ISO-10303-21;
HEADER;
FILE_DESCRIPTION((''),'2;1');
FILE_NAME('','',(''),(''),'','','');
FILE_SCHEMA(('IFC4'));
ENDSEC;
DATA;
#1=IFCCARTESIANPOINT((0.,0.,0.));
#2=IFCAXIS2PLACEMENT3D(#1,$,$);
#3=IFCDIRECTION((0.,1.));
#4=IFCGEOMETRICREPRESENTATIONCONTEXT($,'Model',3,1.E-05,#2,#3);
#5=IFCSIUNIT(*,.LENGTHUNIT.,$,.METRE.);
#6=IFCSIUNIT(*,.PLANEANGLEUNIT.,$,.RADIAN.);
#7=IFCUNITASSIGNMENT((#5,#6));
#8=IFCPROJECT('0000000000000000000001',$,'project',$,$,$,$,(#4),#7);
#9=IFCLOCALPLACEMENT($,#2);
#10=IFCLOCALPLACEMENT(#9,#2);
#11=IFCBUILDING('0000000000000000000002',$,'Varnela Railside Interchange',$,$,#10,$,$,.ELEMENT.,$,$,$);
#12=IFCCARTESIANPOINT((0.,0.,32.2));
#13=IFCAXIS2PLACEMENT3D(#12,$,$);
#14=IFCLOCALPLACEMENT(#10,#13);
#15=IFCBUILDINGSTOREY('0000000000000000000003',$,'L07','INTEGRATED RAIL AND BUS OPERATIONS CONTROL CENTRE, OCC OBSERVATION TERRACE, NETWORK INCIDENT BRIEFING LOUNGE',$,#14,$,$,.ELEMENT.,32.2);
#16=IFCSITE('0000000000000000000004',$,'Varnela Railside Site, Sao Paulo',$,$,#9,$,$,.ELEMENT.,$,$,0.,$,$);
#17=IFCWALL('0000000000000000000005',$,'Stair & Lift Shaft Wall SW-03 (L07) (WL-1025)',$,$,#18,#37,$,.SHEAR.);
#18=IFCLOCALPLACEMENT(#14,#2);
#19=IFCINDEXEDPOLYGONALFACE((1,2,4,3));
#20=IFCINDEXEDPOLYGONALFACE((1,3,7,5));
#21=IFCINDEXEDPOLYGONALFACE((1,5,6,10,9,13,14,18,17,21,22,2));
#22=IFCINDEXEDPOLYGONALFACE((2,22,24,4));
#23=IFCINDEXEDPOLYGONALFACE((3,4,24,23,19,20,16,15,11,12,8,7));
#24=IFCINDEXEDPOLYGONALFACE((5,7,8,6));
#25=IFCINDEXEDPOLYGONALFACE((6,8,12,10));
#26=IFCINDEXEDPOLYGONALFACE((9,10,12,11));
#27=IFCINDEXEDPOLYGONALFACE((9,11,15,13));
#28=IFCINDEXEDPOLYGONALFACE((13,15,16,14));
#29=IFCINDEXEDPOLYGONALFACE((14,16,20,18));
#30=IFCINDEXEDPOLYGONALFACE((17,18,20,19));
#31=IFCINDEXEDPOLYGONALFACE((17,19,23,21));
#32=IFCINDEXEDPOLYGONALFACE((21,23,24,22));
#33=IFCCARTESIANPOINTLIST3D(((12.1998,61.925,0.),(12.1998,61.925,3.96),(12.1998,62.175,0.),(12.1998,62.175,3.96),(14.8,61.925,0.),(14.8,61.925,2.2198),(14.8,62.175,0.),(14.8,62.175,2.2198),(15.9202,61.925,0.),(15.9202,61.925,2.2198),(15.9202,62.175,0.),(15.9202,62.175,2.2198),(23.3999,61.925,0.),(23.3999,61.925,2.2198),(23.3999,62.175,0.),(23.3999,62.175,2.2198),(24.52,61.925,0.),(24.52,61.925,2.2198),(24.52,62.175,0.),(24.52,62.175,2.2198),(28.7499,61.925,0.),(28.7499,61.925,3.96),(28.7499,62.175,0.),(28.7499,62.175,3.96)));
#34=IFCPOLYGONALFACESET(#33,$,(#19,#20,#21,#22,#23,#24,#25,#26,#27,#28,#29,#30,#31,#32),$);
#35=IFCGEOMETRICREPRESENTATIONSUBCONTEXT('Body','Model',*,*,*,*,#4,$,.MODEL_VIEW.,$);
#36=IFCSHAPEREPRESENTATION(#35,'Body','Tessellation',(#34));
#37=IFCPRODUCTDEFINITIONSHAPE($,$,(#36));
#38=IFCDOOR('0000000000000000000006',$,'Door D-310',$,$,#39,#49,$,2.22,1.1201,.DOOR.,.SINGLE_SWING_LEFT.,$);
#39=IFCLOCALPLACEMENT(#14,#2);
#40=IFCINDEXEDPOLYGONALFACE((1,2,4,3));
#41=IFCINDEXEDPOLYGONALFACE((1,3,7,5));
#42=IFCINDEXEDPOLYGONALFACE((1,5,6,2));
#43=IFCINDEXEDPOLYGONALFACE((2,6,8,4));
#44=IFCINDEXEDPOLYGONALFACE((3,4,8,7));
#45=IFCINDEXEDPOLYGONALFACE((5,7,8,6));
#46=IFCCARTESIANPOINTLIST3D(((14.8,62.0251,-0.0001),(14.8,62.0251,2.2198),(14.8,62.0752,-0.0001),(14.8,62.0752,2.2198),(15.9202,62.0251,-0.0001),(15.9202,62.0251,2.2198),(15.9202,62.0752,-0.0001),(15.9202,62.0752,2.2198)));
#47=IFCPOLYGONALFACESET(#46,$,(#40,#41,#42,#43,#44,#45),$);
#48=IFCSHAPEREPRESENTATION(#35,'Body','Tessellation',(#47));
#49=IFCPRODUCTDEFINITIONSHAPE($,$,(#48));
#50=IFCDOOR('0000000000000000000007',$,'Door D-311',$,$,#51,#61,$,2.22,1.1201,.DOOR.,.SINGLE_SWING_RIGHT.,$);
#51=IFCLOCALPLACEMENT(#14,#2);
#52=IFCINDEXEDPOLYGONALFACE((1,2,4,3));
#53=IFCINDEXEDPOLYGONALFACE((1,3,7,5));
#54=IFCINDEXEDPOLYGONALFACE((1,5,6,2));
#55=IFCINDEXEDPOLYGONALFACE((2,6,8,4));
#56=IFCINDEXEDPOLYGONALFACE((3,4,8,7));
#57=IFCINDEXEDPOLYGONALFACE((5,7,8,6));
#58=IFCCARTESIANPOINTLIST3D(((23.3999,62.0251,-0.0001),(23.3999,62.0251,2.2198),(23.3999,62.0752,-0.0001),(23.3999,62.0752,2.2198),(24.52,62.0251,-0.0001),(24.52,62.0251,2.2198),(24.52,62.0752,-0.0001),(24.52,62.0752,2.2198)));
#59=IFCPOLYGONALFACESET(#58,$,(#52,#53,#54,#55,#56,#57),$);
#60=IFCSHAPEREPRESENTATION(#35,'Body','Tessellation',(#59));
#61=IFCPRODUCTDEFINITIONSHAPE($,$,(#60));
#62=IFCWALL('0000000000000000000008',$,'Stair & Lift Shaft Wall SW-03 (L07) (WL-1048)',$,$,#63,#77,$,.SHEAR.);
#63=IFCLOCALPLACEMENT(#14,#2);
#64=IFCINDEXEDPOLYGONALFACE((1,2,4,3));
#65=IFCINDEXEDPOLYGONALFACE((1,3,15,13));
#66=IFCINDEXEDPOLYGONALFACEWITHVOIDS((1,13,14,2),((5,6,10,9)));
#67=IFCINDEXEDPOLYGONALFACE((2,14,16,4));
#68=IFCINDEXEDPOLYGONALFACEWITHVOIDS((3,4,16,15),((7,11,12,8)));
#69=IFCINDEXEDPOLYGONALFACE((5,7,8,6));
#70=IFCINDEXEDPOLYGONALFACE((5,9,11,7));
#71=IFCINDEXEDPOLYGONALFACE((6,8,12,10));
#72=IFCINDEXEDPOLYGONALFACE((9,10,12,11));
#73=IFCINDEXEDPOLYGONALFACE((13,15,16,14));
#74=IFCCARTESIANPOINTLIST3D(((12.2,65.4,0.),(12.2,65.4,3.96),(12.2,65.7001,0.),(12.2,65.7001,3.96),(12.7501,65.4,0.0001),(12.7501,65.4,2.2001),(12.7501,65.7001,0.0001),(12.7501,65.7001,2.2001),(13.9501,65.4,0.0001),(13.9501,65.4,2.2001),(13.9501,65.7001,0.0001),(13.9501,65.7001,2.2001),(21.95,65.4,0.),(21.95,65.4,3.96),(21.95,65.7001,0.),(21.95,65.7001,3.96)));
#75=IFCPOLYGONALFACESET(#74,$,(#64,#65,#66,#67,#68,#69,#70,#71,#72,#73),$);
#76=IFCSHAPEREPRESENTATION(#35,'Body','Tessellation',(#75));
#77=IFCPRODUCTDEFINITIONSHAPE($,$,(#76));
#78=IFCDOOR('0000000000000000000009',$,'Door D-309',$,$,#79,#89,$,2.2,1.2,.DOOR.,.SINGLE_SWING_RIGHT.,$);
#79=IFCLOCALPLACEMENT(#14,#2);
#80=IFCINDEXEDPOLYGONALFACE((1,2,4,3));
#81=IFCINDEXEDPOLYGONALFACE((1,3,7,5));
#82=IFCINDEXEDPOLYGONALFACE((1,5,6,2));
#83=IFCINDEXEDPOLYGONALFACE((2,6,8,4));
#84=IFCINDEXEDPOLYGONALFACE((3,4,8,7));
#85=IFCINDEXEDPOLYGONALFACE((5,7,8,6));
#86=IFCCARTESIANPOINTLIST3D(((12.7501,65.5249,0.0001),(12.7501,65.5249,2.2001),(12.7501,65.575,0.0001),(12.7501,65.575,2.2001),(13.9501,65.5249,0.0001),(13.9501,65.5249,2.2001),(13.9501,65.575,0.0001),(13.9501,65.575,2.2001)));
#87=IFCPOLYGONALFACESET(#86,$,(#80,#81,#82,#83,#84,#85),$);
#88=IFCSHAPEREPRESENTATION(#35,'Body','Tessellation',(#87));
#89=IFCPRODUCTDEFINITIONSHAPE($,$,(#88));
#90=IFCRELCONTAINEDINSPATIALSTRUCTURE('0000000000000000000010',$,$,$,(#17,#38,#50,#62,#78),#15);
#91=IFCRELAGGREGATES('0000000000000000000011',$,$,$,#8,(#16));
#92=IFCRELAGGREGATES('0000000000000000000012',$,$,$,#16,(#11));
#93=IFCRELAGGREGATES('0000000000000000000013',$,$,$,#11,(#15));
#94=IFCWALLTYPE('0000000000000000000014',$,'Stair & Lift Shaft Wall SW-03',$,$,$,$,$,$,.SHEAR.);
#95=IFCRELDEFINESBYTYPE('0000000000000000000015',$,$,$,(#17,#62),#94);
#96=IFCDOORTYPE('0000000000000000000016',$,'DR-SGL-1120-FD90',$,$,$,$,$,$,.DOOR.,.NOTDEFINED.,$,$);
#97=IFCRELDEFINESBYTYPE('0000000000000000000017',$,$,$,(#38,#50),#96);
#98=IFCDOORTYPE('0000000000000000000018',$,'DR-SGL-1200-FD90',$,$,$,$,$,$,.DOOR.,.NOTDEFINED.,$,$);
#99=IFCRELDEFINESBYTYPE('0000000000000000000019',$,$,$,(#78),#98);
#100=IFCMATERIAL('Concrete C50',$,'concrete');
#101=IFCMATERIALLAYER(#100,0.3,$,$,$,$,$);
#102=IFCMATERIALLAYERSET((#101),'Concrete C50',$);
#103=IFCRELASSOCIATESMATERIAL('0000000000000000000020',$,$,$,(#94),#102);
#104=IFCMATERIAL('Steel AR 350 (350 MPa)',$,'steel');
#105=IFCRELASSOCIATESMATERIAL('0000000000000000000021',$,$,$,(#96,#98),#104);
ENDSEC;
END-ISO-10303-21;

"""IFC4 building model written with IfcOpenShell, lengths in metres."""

from ifc_helpers import new_model, si_unit, direction, frame, frame_2d, origin, place, context, subcontext, project, spatial, rectangle, extrude, material, layer, layer_set, type_object, element, fill, save


model = new_model("IFC4")

# Units and contexts
model_context = context("Model", 3, precision=1e-05, world=origin(), true_north=direction((0.0, 1.0)))
body_context = subcontext(model_context, "Body", "Model", "MODEL_VIEW")
ifc_project = project(units=[si_unit("LENGTHUNIT", "METRE"), si_unit("PLANEANGLEUNIT", "RADIAN")], contexts=[model_context])

# Site, building, storey
site_placement = place(None, origin())
site = spatial("IfcSite", under=ifc_project, at=site_placement, Name="Varnela Railside Site, Sao Paulo", CompositionType="ELEMENT", RefElevation=0.0)
building_placement = place(site_placement, origin())
building = spatial("IfcBuilding", under=site, at=building_placement, Name="Varnela Railside Interchange", CompositionType="ELEMENT")
storey_placement = place(building_placement, frame((0.0, 0.0, 32.2)))
storey = spatial("IfcBuildingStorey", under=building, at=storey_placement, Name="L07", Description="INTEGRATED RAIL AND BUS OPERATIONS CONTROL CENTRE, OCC OBSERVATION TERRACE, NETWORK INCIDENT BRIEFING LOUNGE", CompositionType="ELEMENT", Elevation=32.2)

# Shared definitions
ifc_material_1 = material(Name="Steel AR 350 (350 MPa)", Category="steel")

# Shared definitions
ifc_material_2 = material(Name="Concrete C50", Category="concrete")

# Wall, openings, doors
ifc_layer_1 = layer(ifc_material_2, 0.3)
ifc_layer_set_1 = layer_set([ifc_layer_1], Name="Concrete C50")
wall_type_1 = type_object("IfcWallType", Name="Stair & Lift Shaft Wall SW-03", PredefinedType="SHEAR", material=ifc_layer_set_1)
wall_1_placement = place(storey_placement, frame((12.2, 62.05, 0.0), z_axis=(0.0, 0.0, 1.0), x_axis=(1.0, 0.0, 0.0)))
wall_1 = element("IfcWall", 1, at=wall_1_placement, inside=storey, type_object=wall_type_1, Name="Stair & Lift Shaft Wall SW-03 (L07) (WL-1025)", PredefinedType="SHEAR", context=body_context, shape_type="SweptSolid", body=[
    extrude(rectangle(XDim=16.55, YDim=0.25, at=frame_2d((8.2749, 0.0))), origin(), (0.0, 0.0, 1.0), 3.96),
])
opening_1_placement = place(wall_1_placement, frame((2.6001, 0.0, 0.0)))
opening_1 = element("IfcOpeningElement", 2, at=opening_1_placement, cuts=wall_1, PredefinedType="OPENING", context=body_context, shape_type="SweptSolid", body=[
    extrude(rectangle(XDim=1.1201, YDim=2.22, at=frame_2d((0.5601, 1.1099))), frame((0.0, 0.135, 0.0), z_axis=(0.0, -1.0, 0.0), x_axis=(1.0, 0.0, 0.0)), (0.0, 0.0, 1.0), 0.27),
])
opening_2_placement = place(wall_1_placement, frame((11.2, 0.0, 0.0)))
opening_2 = element("IfcOpeningElement", 3, at=opening_2_placement, cuts=wall_1, PredefinedType="OPENING", context=body_context, shape_type="SweptSolid", body=[
    extrude(rectangle(XDim=1.1201, YDim=2.22, at=frame_2d((0.5601, 1.1099))), frame((0.0, 0.135, 0.0), z_axis=(0.0, -1.0, 0.0), x_axis=(1.0, 0.0, 0.0)), (0.0, 0.0, 1.0), 0.27),
])
door_type_1 = type_object("IfcDoorType", Name="DR-SGL-1120-FD90", OperationType="NOTDEFINED", PredefinedType="DOOR", material=ifc_material_1)
door_1_placement = place(opening_1_placement, frame((1.1201, 0.0, 0.0), z_axis=(0.0, 0.0, 1.0), x_axis=(-1.0, 0.0, 0.0)))
door_1 = element("IfcDoor", 4, at=door_1_placement, inside=storey, type_object=door_type_1, Name="Door D-310", OperationType="SINGLE_SWING_LEFT", OverallHeight=2.22, OverallWidth=1.1201, PredefinedType="DOOR", context=body_context, shape_type="SweptSolid", body=[
    extrude(rectangle(XDim=1.1201, YDim=2.22, at=frame_2d((0.5601, 1.1099))), frame((0.0, 0.0249, 0.0), z_axis=(0.0, -1.0, 0.0), x_axis=(1.0, 0.0, 0.0)), (0.0, 0.0, 1.0), 0.05),
])
fill(opening_1, door_1)
door_2_placement = place(opening_2_placement, frame((1.1201, 0.0, 0.0), z_axis=(0.0, 0.0, 1.0), x_axis=(-1.0, 0.0, 0.0)))
door_2 = element("IfcDoor", 5, at=door_2_placement, inside=storey, type_object=door_type_1, Name="Door D-311", OperationType="SINGLE_SWING_RIGHT", OverallHeight=2.22, OverallWidth=1.1201, PredefinedType="DOOR", context=body_context, shape_type="SweptSolid", body=[
    extrude(rectangle(XDim=1.1201, YDim=2.22, at=frame_2d((0.5601, 1.1099))), frame((0.0, 0.0249, 0.0), z_axis=(0.0, -1.0, 0.0), x_axis=(1.0, 0.0, 0.0)), (0.0, 0.0, 1.0), 0.05),
])
fill(opening_2, door_2)

# Wall, opening, door
wall_2_placement = place(storey_placement, frame((12.2, 65.55, 0.0), z_axis=(0.0, 0.0, 1.0), x_axis=(1.0, 0.0, 0.0)))
wall_2 = element("IfcWall", 6, at=wall_2_placement, inside=storey, type_object=wall_type_1, Name="Stair & Lift Shaft Wall SW-03 (L07) (WL-1048)", PredefinedType="SHEAR", context=body_context, shape_type="SweptSolid", body=[
    extrude(rectangle(XDim=9.75, YDim=0.3, at=frame_2d((4.875, 0.0))), origin(), (0.0, 0.0, 1.0), 3.96),
])
opening_3_placement = place(wall_2_placement, frame((0.55, 0.0, 0.0)))
opening_3 = element("IfcOpeningElement", 7, at=opening_3_placement, cuts=wall_2, PredefinedType="OPENING", context=body_context, shape_type="SweptSolid", body=[
    extrude(rectangle(XDim=1.2, YDim=2.2, at=frame_2d((0.6001, 1.1001))), frame((0.0, 0.1599, 0.0), z_axis=(0.0, -1.0, 0.0), x_axis=(1.0, 0.0, 0.0)), (0.0, 0.0, 1.0), 0.3201),
])
door_type_2 = type_object("IfcDoorType", Name="DR-SGL-1200-FD90", OperationType="NOTDEFINED", PredefinedType="DOOR", material=ifc_material_1)
door_3_placement = place(opening_3_placement, origin())
door_3 = element("IfcDoor", 8, at=door_3_placement, inside=storey, type_object=door_type_2, Name="Door D-309", OperationType="SINGLE_SWING_RIGHT", OverallHeight=2.2, OverallWidth=1.2, PredefinedType="DOOR", context=body_context, shape_type="SweptSolid", body=[
    extrude(rectangle(XDim=1.2, YDim=2.2, at=frame_2d((0.6001, 1.1001))), frame((0.0, 0.0249, 0.0), z_axis=(0.0, -1.0, 0.0), x_axis=(1.0, 0.0, 0.0)), (0.0, 0.0, 1.0), 0.05),
])
fill(opening_3, door_3)

save(model, "model.ifc")
